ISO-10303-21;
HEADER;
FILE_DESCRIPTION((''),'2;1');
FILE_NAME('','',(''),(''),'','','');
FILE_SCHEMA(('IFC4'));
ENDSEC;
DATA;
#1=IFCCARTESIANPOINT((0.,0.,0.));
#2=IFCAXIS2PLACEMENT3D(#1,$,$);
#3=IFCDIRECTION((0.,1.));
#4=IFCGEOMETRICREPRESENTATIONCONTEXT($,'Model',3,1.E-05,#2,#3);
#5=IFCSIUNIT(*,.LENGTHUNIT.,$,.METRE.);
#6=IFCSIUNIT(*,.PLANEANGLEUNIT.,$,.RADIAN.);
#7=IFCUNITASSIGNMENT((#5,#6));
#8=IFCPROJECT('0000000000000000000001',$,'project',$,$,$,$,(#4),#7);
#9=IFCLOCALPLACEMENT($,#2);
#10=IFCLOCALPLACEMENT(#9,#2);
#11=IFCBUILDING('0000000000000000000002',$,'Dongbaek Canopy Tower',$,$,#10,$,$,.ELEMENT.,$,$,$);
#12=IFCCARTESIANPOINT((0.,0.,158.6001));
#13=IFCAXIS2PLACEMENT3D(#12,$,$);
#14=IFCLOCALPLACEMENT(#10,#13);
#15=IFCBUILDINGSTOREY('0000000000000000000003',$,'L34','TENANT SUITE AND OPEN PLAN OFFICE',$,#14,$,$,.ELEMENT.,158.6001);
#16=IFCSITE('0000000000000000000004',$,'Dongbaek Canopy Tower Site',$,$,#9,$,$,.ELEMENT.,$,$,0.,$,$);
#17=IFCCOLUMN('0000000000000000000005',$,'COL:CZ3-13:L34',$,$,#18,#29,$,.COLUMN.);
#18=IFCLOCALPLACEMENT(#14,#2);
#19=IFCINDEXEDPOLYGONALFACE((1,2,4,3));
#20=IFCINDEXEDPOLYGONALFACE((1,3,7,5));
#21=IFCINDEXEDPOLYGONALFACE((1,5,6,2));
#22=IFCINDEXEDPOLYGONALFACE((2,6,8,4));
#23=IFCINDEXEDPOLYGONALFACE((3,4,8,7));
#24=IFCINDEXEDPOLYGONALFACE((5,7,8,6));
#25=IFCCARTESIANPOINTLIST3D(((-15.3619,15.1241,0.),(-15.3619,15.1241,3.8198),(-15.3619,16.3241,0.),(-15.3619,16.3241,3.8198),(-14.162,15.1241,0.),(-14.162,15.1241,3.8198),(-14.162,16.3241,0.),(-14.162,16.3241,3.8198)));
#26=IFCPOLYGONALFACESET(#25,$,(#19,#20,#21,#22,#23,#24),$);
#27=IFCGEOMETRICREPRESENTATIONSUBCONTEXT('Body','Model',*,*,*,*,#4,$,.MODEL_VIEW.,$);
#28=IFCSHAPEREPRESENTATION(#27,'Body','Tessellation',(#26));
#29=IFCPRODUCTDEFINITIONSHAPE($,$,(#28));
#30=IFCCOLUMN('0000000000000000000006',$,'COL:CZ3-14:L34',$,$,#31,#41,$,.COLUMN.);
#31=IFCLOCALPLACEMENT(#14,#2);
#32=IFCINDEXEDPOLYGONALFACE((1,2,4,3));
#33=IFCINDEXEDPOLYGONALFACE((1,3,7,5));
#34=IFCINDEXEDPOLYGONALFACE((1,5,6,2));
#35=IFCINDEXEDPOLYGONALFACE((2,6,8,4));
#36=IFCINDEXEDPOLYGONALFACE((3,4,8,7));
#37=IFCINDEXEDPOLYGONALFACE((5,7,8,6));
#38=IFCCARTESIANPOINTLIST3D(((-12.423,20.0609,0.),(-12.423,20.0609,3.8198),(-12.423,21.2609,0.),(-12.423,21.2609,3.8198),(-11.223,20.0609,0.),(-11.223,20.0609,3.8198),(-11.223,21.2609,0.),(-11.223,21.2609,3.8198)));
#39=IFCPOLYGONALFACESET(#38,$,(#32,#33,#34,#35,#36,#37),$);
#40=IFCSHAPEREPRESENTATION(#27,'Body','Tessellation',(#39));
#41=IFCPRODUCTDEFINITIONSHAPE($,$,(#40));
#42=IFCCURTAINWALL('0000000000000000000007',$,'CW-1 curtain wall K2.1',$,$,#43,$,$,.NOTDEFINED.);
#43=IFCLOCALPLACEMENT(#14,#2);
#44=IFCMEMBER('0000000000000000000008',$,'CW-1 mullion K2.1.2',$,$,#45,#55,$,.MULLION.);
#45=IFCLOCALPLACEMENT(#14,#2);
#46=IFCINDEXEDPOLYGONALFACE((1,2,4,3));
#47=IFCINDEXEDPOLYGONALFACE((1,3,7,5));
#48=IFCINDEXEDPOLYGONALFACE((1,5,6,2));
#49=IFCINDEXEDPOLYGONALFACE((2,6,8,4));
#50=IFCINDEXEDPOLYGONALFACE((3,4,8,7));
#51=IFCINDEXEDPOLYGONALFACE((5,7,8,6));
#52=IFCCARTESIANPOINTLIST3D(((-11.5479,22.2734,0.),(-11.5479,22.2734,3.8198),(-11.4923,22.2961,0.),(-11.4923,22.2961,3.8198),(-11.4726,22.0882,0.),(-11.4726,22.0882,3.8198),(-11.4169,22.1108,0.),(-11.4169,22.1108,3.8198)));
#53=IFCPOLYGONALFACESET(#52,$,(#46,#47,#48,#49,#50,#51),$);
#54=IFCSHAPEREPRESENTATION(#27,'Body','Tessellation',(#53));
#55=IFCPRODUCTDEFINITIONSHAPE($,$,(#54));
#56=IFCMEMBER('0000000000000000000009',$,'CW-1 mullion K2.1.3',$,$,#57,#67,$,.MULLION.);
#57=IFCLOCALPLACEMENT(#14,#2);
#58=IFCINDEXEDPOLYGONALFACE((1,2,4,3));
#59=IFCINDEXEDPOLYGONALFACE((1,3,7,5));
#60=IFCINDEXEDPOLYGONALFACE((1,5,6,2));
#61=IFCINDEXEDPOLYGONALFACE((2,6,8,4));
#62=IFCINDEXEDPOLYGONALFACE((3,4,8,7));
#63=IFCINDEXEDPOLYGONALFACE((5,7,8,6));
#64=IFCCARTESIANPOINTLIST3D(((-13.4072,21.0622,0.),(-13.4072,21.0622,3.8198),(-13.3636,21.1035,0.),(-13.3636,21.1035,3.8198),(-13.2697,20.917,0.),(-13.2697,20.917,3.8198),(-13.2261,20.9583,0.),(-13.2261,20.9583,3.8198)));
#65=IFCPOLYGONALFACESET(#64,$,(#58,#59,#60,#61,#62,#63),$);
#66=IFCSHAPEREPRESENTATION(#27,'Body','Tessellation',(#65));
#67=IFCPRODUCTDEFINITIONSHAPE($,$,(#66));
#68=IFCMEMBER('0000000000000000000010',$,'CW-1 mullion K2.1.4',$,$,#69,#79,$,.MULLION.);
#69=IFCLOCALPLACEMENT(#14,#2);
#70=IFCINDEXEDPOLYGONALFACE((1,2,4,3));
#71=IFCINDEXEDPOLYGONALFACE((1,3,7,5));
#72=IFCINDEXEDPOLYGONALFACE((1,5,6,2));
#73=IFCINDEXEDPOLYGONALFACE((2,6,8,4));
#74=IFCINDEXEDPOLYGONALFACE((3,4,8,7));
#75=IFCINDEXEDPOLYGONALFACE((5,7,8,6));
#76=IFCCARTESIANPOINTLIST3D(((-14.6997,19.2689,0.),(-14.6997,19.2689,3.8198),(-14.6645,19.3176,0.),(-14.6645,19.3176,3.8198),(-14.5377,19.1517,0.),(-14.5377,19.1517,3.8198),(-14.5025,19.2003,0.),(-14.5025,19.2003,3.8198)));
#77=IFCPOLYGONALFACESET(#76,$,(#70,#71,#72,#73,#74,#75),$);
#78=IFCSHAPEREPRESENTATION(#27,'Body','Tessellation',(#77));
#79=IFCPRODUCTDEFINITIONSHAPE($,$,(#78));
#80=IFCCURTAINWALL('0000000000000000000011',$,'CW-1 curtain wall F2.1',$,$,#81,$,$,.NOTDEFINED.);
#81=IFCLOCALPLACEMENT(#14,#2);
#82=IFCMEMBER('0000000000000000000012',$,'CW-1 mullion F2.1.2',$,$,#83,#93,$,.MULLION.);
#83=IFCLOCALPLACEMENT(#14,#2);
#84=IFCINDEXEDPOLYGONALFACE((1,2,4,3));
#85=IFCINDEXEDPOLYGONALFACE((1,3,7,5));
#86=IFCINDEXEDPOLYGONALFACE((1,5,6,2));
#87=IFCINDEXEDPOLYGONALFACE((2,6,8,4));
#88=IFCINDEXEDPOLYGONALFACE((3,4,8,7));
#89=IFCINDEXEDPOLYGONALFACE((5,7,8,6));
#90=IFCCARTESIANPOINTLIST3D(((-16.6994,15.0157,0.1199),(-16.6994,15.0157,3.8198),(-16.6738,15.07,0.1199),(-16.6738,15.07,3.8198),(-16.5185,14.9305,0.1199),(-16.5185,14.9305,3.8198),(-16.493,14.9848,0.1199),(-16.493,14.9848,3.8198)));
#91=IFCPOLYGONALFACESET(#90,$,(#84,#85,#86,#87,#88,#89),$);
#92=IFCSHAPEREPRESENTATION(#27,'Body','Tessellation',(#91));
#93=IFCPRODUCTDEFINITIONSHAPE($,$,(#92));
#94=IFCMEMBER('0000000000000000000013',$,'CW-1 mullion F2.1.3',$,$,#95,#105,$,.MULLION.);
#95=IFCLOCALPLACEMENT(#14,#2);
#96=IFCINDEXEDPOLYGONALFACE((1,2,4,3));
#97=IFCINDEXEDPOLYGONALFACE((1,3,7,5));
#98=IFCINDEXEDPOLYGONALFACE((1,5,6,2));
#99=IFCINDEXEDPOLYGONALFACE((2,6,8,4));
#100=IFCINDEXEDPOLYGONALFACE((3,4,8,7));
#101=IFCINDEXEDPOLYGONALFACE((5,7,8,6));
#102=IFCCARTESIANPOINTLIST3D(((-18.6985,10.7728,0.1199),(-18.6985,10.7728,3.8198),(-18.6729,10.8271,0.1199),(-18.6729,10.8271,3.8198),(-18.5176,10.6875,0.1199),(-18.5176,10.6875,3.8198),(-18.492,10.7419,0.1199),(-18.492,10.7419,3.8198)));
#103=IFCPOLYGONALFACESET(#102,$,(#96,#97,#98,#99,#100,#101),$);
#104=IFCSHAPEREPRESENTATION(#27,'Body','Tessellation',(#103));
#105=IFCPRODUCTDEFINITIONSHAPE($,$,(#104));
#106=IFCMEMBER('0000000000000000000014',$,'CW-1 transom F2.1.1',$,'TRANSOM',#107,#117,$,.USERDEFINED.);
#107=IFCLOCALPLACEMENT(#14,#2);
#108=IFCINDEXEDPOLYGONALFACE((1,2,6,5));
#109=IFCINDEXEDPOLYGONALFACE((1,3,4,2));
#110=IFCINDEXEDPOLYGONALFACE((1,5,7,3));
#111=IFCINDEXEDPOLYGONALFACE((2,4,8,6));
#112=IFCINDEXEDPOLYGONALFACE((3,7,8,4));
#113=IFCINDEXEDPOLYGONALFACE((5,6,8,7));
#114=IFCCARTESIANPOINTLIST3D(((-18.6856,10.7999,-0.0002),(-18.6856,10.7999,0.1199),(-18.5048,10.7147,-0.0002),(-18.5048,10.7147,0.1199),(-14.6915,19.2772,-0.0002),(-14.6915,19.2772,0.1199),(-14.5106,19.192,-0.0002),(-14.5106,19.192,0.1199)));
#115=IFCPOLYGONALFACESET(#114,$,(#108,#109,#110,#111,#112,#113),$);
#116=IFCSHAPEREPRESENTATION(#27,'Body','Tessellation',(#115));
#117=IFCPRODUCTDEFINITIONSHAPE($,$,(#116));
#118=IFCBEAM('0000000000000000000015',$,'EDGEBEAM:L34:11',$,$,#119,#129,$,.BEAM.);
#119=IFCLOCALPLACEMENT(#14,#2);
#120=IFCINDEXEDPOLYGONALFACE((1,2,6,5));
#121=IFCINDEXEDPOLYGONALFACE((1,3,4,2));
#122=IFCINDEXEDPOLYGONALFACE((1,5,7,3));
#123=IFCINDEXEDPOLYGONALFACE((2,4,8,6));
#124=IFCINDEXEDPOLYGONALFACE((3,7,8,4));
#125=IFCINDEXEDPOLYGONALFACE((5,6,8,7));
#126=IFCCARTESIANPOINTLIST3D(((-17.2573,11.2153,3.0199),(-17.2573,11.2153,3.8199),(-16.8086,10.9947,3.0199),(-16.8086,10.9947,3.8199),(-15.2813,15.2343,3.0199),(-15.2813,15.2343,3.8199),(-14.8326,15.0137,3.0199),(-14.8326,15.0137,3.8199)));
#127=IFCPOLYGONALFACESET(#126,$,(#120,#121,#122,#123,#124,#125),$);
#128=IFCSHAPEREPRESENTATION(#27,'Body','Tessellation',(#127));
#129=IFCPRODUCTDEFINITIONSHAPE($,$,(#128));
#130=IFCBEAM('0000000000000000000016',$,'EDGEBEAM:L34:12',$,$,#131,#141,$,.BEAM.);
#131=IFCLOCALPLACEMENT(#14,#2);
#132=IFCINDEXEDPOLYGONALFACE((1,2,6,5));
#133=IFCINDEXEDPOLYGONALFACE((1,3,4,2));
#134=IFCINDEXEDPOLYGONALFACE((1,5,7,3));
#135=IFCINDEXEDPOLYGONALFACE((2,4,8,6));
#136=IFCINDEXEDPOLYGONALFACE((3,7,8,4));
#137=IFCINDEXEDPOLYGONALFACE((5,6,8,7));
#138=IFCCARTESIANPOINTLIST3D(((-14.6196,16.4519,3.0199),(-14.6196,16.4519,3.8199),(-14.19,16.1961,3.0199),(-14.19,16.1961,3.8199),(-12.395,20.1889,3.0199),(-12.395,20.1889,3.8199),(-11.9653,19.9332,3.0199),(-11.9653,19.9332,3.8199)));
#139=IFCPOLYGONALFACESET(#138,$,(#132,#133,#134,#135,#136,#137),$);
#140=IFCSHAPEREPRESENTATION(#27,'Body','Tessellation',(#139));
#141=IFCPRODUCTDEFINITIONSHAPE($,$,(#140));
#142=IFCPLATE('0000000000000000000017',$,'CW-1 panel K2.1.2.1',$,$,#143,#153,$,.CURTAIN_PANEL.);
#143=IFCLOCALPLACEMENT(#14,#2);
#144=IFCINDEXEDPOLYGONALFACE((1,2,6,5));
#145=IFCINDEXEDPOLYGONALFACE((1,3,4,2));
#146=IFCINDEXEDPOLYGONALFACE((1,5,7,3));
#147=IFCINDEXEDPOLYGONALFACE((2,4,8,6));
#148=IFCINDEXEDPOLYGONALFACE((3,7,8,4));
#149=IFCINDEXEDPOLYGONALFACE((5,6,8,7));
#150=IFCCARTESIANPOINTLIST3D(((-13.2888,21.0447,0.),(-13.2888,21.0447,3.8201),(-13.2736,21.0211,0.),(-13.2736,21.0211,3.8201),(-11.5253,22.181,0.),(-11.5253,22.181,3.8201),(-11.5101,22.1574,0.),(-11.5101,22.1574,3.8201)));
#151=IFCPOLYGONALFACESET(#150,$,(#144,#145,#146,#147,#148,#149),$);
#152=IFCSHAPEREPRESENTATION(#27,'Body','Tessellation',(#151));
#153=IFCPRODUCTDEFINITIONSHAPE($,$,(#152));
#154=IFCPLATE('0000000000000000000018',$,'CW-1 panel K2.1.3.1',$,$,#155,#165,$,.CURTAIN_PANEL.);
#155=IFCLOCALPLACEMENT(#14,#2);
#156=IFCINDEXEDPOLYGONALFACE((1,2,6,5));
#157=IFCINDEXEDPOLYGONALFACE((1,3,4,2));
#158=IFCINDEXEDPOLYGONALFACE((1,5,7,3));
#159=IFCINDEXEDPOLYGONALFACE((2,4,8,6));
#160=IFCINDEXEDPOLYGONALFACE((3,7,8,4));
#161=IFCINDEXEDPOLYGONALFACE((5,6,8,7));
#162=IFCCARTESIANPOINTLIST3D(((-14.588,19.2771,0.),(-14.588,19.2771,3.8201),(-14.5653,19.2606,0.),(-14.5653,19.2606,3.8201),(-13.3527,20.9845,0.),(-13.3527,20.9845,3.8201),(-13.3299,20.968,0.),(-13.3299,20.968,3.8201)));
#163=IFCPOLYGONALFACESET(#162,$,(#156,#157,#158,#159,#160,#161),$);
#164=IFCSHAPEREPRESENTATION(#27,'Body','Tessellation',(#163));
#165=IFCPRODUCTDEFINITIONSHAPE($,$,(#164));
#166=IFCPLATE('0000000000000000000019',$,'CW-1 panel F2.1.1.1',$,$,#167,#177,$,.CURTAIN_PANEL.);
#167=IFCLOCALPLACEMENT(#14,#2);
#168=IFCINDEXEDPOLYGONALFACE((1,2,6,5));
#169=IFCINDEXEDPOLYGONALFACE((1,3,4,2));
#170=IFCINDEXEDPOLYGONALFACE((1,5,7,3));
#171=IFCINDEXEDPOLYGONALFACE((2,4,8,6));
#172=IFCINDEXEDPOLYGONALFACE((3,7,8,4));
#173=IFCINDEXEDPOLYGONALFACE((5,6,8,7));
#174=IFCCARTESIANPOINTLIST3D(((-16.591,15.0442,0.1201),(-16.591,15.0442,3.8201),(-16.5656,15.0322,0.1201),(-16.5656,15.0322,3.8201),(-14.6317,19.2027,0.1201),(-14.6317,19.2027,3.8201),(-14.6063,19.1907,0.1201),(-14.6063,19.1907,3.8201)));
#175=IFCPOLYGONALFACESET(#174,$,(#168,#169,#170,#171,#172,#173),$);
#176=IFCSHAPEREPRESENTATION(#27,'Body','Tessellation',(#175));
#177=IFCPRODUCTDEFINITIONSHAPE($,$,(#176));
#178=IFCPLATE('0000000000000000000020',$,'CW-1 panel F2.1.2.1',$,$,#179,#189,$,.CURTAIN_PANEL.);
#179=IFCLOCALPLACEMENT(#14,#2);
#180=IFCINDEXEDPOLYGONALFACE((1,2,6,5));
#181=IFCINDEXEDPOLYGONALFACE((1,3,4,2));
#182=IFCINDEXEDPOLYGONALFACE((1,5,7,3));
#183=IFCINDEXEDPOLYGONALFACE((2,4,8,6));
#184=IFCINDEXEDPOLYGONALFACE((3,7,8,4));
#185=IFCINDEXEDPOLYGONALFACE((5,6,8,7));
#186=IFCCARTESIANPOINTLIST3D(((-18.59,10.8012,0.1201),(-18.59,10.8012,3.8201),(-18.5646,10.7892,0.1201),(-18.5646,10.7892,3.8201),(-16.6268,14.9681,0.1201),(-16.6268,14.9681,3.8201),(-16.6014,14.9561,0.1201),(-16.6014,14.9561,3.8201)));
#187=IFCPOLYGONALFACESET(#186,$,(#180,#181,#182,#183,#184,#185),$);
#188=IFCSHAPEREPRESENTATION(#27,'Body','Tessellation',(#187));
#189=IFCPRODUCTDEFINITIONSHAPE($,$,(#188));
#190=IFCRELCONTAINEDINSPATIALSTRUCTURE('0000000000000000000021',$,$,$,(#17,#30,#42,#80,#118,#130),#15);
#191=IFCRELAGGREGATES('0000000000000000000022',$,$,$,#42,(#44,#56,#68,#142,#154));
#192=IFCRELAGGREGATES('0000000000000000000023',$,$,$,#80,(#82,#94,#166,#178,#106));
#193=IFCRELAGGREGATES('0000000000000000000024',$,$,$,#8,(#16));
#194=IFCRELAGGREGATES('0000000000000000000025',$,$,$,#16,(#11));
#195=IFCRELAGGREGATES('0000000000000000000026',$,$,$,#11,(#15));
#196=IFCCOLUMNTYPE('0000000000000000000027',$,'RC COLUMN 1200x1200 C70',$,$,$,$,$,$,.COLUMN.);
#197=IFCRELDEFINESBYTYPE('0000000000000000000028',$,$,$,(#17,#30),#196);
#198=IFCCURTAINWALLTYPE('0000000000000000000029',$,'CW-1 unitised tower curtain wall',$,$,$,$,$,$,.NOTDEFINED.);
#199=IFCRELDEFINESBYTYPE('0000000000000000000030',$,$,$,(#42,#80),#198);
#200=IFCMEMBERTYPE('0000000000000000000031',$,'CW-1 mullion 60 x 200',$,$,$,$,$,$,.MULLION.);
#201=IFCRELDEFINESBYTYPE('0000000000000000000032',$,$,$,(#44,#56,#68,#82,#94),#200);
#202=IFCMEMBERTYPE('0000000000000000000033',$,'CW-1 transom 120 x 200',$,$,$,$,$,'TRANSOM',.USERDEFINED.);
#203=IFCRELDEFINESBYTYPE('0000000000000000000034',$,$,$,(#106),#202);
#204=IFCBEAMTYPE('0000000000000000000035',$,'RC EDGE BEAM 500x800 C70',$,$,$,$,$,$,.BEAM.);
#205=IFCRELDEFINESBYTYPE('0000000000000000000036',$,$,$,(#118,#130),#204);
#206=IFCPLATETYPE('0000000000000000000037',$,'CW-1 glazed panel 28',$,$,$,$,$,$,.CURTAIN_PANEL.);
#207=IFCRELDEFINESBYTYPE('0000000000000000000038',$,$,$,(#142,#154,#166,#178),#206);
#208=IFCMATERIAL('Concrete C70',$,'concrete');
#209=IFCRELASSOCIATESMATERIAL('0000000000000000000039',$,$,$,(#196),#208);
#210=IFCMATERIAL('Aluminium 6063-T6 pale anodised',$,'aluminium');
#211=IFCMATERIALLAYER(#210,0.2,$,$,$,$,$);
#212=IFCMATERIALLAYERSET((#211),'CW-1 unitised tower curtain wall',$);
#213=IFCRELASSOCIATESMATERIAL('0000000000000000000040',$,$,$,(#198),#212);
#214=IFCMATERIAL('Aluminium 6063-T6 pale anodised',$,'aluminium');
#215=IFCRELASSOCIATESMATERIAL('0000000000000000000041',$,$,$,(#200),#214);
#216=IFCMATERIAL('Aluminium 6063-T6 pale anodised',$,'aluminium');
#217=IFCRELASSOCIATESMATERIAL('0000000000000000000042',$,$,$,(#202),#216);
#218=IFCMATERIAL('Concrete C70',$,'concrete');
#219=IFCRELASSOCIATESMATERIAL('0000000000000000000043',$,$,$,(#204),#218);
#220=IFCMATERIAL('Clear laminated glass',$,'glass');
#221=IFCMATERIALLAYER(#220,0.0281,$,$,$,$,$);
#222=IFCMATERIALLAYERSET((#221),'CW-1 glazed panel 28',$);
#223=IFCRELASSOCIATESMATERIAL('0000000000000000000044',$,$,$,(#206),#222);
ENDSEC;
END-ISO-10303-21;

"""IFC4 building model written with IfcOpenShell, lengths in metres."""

from ifc_helpers import new_model, si_unit, direction, frame, origin, origin_2d, place, context, subcontext, project, spatial, rectangle, extrude, material, layer, layer_set, material_profile, profile_set, type_object, element, aggregate, save


model = new_model("IFC4")

# Units and contexts
model_context = context("Model", 3, precision=1e-05, world=origin(), true_north=direction((0.0, 1.0)))
body_context = subcontext(model_context, "Body", "Model", "MODEL_VIEW")
ifc_project = project(units=[si_unit("LENGTHUNIT", "METRE"), si_unit("PLANEANGLEUNIT", "RADIAN")], contexts=[model_context])

# Site, building, storey
site_placement = place(None, origin())
site = spatial("IfcSite", under=ifc_project, at=site_placement, Name="Dongbaek Canopy Tower Site", CompositionType="ELEMENT", RefElevation=0.0)
building_placement = place(site_placement, origin())
building = spatial("IfcBuilding", under=site, at=building_placement, Name="Dongbaek Canopy Tower", CompositionType="ELEMENT")
storey_placement = place(building_placement, frame((0.0, 0.0, 158.6001)))
storey = spatial("IfcBuildingStorey", under=building, at=storey_placement, Name="L34", Description="TENANT SUITE AND OPEN PLAN OFFICE", CompositionType="ELEMENT", Elevation=158.6001)

# Columns
ifc_material_1 = material(Name="Concrete C70", Category="concrete")
ifc_material_profile_1 = material_profile(ifc_material_1, rectangle(XDim=1.2, YDim=1.2, at=origin_2d()), Name="RC COLUMN 1200x1200 C70")
ifc_profile_set_1 = profile_set([ifc_material_profile_1], Name="Concrete C70")
column_type = type_object("IfcColumnType", Name="RC COLUMN 1200x1200 C70", PredefinedType="COLUMN", material=ifc_profile_set_1)
for number, where, z_axis, x_axis, name in (
    (1, (-14.762, 15.7241, 0.0), (0.0, 0.0, 1.0), (1.0, 0.0, 0.0), "COL:CZ3-13:L34"),
    (2, (-11.823, 20.6609, 0.0), (0.0, 0.0, 1.0), (1.0, 0.0, 0.0), "COL:CZ3-14:L34"),
):
    element("IfcColumn", number, at=place(storey_placement, frame(where, z_axis=z_axis, x_axis=x_axis)), inside=storey, type_object=column_type, Name=name, PredefinedType="COLUMN", context=body_context, shape_type="SweptSolid", body=[
        extrude(rectangle(XDim=1.2, YDim=1.2, at=origin_2d()), origin(), (0.0, 0.0, 1.0), 3.8198),
    ])

# Curtain walls, members
ifc_material_2 = material(Name="Aluminium 6063-T6 pale anodised", Category="aluminium")
ifc_layer_1 = layer(ifc_material_2, 0.2)
ifc_layer_set_1 = layer_set([ifc_layer_1], Name="CW-1 unitised tower curtain wall")
curtain_wall_type = type_object("IfcCurtainWallType", Name="CW-1 unitised tower curtain wall", PredefinedType="NOTDEFINED", material=ifc_layer_set_1)
curtain_wall_1_placement = place(storey_placement, origin())
curtain_wall_1 = element("IfcCurtainWall", 3, at=curtain_wall_1_placement, inside=storey, type_object=curtain_wall_type, Name="CW-1 curtain wall K2.1", PredefinedType="NOTDEFINED")
ifc_material_3 = material(Name="Aluminium 6063-T6 pale anodised", Category="aluminium")
ifc_material_profile_2 = material_profile(ifc_material_3, rectangle(XDim=0.2, YDim=0.0601, at=origin_2d()), Name="CW-1 mullion 60 x 200")
ifc_profile_set_2 = profile_set([ifc_material_profile_2], Name="Aluminium 6063-T6 pale anodised")
member_type_1 = type_object("IfcMemberType", Name="CW-1 mullion 60 x 200", PredefinedType="MULLION", material=ifc_profile_set_2)
member_1_placement = place(storey_placement, frame((-11.4824, 22.1921, 0.0), z_axis=(0.0, 0.0, 1.0), x_axis=(-0.376812, 0.92629, 0.0)))
member_1 = element("IfcMember", 4, at=member_1_placement, type_object=member_type_1, Name="CW-1 mullion K2.1.2", PredefinedType="MULLION", context=body_context, shape_type="SweptSolid", body=[
    extrude(rectangle(XDim=0.2, YDim=0.0601, at=origin_2d()), origin(), (0.0, 0.0, 1.0), 3.8198),
])
member_2_placement = place(storey_placement, frame((-13.3167, 21.0103, 0.0), z_axis=(0.0, 0.0, 1.0), x_axis=(-0.68778, 0.725919, 0.0)))
member_2 = element("IfcMember", 5, at=member_2_placement, type_object=member_type_1, Name="CW-1 mullion K2.1.3", PredefinedType="MULLION", context=body_context, shape_type="SweptSolid", body=[
    extrude(rectangle(XDim=0.2, YDim=0.0601, at=origin_2d()), origin(), (0.0, 0.0, 1.0), 3.8198),
])
member_3_placement = place(storey_placement, frame((-14.6011, 19.2346, 0.0), z_axis=(0.0, 0.0, 1.0), x_axis=(-0.810183, 0.586178, 0.0)))
member_3 = element("IfcMember", 6, at=member_3_placement, type_object=member_type_1, Name="CW-1 mullion K2.1.4", PredefinedType="MULLION", context=body_context, shape_type="SweptSolid", body=[
    extrude(rectangle(XDim=0.2, YDim=0.0601, at=origin_2d()), origin(), (0.0, 0.0, 1.0), 3.8198),
])
curtain_wall_2_placement = place(storey_placement, origin())
curtain_wall_2 = element("IfcCurtainWall", 7, at=curtain_wall_2_placement, inside=storey, type_object=curtain_wall_type, Name="CW-1 curtain wall F2.1", PredefinedType="NOTDEFINED")
member_4_placement = place(storey_placement, frame((-16.5962, 15.0002, 0.1199), z_axis=(0.0, 0.0, 1.0), x_axis=(-0.904626, 0.426207, 0.0)))
member_4 = element("IfcMember", 8, at=member_4_placement, type_object=member_type_1, Name="CW-1 mullion F2.1.2", PredefinedType="MULLION", context=body_context, shape_type="SweptSolid", body=[
    extrude(rectangle(XDim=0.2, YDim=0.0601, at=origin_2d()), origin(), (0.0, 0.0, 1.0), 3.7),
])
member_5_placement = place(storey_placement, frame((-18.5952, 10.7573, 0.1199), z_axis=(0.0, 0.0, 1.0), x_axis=(-0.904626, 0.426207, 0.0)))
member_5 = element("IfcMember", 9, at=member_5_placement, type_object=member_type_1, Name="CW-1 mullion F2.1.3", PredefinedType="MULLION", context=body_context, shape_type="SweptSolid", body=[
    extrude(rectangle(XDim=0.2, YDim=0.0601, at=origin_2d()), origin(), (0.0, 0.0, 1.0), 3.7),
])
ifc_material_4 = material(Name="Aluminium 6063-T6 pale anodised", Category="aluminium")
ifc_material_profile_3 = material_profile(ifc_material_4, rectangle(XDim=0.2, YDim=0.1201, at=origin_2d()), Name="CW-1 transom 120 x 200")
ifc_profile_set_3 = profile_set([ifc_material_profile_3], Name="Aluminium 6063-T6 pale anodised")
member_type_2 = type_object("IfcMemberType", Name="CW-1 transom 120 x 200", ElementType="TRANSOM", PredefinedType="USERDEFINED", material=ifc_profile_set_3)
member_6_placement = place(storey_placement, frame((-14.6011, 19.2346, 0.0598), z_axis=(-0.426219, -0.90462, 0.0), x_axis=(0.90462, -0.426219, 0.0)))
member_6 = element("IfcMember", 10, at=member_6_placement, type_object=member_type_2, Name="CW-1 transom F2.1.1", ObjectType="TRANSOM", PredefinedType="USERDEFINED", context=body_context, shape_type="SweptSolid", body=[
    extrude(rectangle(XDim=0.2, YDim=0.1201, at=origin_2d()), origin(), (0.0, 0.0, 1.0), 9.3711),
])

# Beams
ifc_material_5 = material(Name="Concrete C70", Category="concrete")
ifc_material_profile_4 = material_profile(ifc_material_5, rectangle(XDim=0.5, YDim=0.8, at=origin_2d()), Name="RC EDGE BEAM 500x800 C70")
ifc_profile_set_4 = profile_set([ifc_material_profile_4], Name="Concrete C70")
beam_type = type_object("IfcBeamType", Name="RC EDGE BEAM 500x800 C70", PredefinedType="BEAM", material=ifc_profile_set_4)
beam_1_placement = place(storey_placement, frame((-17.033, 11.105, 3.4199), z_axis=(0.441229, 0.897395, 0.0), x_axis=(-0.897395, 0.441229, 0.0)))
element("IfcBeam", 11, at=beam_1_placement, inside=storey, type_object=beam_type, Name="EDGEBEAM:L34:11", PredefinedType="BEAM", context=body_context, shape_type="SweptSolid", body=[
    extrude(rectangle(XDim=0.5, YDim=0.8, at=origin_2d()), origin(), (0.0, 0.0, 1.0), 4.4785),
])
beam_2_placement = place(storey_placement, frame((-14.4048, 16.324, 3.4199), z_axis=(0.511512, 0.859276, 0.0), x_axis=(-0.859276, 0.511512, 0.0)))
element("IfcBeam", 12, at=beam_2_placement, inside=storey, type_object=beam_type, Name="EDGEBEAM:L34:12", PredefinedType="BEAM", context=body_context, shape_type="SweptSolid", body=[
    extrude(rectangle(XDim=0.5, YDim=0.8, at=origin_2d()), origin(), (0.0, 0.0, 1.0), 4.3491),
])

# Plates
ifc_material_6 = material(Name="Clear laminated glass", Category="glass")
ifc_layer_2 = layer(ifc_material_6, 0.0281)
ifc_layer_set_2 = layer_set([ifc_layer_2], Name="CW-1 glazed panel 28")
plate_type = type_object("IfcPlateType", Name="CW-1 glazed panel 28", PredefinedType="CURTAIN_PANEL", material=ifc_layer_set_2)
plate_1_placement = place(storey_placement, frame((-12.3994, 21.6011, 0.0), z_axis=(0.0, 0.0, 1.0), x_axis=(-0.840609, -0.541642, 0.0)))
plate_1 = element("IfcPlate", 13, at=plate_1_placement, type_object=plate_type, Name="CW-1 panel K2.1.2.1", PredefinedType="CURTAIN_PANEL", context=body_context, shape_type="SweptSolid", body=[
    extrude(rectangle(XDim=2.0979, YDim=0.0281, at=origin_2d()), origin(), (0.0, 0.0, 1.0), 3.8201),
])
plate_2_placement = place(storey_placement, frame((-13.959, 20.1226, 0.0), z_axis=(0.0, 0.0, 1.0), x_axis=(-0.586178, -0.810183, 0.0)))
plate_2 = element("IfcPlate", 14, at=plate_2_placement, type_object=plate_type, Name="CW-1 panel K2.1.3.1", PredefinedType="CURTAIN_PANEL", context=body_context, shape_type="SweptSolid", body=[
    extrude(rectangle(XDim=2.1074, YDim=0.0281, at=origin_2d()), origin(), (0.0, 0.0, 1.0), 3.8201),
])
plate_3_placement = place(storey_placement, frame((-15.5986, 17.1174, 0.1201), z_axis=(0.0, 0.0, 1.0), x_axis=(-0.426207, -0.904626, 0.0)))
plate_3 = element("IfcPlate", 15, at=plate_3_placement, type_object=plate_type, Name="CW-1 panel F2.1.1.1", PredefinedType="CURTAIN_PANEL", context=body_context, shape_type="SweptSolid", body=[
    extrude(rectangle(XDim=4.5969, YDim=0.0281, at=origin_2d()), origin(), (0.0, 0.0, 1.0), 3.7),
])
plate_4_placement = place(storey_placement, frame((-17.5957, 12.8787, 0.1201), z_axis=(0.0, 0.0, 1.0), x_axis=(-0.426207, -0.904626, 0.0)))
plate_4 = element("IfcPlate", 16, at=plate_4_placement, type_object=plate_type, Name="CW-1 panel F2.1.2.1", PredefinedType="CURTAIN_PANEL", context=body_context, shape_type="SweptSolid", body=[
    extrude(rectangle(XDim=4.6062, YDim=0.0281, at=origin_2d()), origin(), (0.0, 0.0, 1.0), 3.7),
])

aggregate(curtain_wall_1, [member_1, member_2, member_3, plate_1, plate_2])
aggregate(curtain_wall_2, [member_4, member_5, plate_3, plate_4, member_6])

save(model, "model.ifc")
